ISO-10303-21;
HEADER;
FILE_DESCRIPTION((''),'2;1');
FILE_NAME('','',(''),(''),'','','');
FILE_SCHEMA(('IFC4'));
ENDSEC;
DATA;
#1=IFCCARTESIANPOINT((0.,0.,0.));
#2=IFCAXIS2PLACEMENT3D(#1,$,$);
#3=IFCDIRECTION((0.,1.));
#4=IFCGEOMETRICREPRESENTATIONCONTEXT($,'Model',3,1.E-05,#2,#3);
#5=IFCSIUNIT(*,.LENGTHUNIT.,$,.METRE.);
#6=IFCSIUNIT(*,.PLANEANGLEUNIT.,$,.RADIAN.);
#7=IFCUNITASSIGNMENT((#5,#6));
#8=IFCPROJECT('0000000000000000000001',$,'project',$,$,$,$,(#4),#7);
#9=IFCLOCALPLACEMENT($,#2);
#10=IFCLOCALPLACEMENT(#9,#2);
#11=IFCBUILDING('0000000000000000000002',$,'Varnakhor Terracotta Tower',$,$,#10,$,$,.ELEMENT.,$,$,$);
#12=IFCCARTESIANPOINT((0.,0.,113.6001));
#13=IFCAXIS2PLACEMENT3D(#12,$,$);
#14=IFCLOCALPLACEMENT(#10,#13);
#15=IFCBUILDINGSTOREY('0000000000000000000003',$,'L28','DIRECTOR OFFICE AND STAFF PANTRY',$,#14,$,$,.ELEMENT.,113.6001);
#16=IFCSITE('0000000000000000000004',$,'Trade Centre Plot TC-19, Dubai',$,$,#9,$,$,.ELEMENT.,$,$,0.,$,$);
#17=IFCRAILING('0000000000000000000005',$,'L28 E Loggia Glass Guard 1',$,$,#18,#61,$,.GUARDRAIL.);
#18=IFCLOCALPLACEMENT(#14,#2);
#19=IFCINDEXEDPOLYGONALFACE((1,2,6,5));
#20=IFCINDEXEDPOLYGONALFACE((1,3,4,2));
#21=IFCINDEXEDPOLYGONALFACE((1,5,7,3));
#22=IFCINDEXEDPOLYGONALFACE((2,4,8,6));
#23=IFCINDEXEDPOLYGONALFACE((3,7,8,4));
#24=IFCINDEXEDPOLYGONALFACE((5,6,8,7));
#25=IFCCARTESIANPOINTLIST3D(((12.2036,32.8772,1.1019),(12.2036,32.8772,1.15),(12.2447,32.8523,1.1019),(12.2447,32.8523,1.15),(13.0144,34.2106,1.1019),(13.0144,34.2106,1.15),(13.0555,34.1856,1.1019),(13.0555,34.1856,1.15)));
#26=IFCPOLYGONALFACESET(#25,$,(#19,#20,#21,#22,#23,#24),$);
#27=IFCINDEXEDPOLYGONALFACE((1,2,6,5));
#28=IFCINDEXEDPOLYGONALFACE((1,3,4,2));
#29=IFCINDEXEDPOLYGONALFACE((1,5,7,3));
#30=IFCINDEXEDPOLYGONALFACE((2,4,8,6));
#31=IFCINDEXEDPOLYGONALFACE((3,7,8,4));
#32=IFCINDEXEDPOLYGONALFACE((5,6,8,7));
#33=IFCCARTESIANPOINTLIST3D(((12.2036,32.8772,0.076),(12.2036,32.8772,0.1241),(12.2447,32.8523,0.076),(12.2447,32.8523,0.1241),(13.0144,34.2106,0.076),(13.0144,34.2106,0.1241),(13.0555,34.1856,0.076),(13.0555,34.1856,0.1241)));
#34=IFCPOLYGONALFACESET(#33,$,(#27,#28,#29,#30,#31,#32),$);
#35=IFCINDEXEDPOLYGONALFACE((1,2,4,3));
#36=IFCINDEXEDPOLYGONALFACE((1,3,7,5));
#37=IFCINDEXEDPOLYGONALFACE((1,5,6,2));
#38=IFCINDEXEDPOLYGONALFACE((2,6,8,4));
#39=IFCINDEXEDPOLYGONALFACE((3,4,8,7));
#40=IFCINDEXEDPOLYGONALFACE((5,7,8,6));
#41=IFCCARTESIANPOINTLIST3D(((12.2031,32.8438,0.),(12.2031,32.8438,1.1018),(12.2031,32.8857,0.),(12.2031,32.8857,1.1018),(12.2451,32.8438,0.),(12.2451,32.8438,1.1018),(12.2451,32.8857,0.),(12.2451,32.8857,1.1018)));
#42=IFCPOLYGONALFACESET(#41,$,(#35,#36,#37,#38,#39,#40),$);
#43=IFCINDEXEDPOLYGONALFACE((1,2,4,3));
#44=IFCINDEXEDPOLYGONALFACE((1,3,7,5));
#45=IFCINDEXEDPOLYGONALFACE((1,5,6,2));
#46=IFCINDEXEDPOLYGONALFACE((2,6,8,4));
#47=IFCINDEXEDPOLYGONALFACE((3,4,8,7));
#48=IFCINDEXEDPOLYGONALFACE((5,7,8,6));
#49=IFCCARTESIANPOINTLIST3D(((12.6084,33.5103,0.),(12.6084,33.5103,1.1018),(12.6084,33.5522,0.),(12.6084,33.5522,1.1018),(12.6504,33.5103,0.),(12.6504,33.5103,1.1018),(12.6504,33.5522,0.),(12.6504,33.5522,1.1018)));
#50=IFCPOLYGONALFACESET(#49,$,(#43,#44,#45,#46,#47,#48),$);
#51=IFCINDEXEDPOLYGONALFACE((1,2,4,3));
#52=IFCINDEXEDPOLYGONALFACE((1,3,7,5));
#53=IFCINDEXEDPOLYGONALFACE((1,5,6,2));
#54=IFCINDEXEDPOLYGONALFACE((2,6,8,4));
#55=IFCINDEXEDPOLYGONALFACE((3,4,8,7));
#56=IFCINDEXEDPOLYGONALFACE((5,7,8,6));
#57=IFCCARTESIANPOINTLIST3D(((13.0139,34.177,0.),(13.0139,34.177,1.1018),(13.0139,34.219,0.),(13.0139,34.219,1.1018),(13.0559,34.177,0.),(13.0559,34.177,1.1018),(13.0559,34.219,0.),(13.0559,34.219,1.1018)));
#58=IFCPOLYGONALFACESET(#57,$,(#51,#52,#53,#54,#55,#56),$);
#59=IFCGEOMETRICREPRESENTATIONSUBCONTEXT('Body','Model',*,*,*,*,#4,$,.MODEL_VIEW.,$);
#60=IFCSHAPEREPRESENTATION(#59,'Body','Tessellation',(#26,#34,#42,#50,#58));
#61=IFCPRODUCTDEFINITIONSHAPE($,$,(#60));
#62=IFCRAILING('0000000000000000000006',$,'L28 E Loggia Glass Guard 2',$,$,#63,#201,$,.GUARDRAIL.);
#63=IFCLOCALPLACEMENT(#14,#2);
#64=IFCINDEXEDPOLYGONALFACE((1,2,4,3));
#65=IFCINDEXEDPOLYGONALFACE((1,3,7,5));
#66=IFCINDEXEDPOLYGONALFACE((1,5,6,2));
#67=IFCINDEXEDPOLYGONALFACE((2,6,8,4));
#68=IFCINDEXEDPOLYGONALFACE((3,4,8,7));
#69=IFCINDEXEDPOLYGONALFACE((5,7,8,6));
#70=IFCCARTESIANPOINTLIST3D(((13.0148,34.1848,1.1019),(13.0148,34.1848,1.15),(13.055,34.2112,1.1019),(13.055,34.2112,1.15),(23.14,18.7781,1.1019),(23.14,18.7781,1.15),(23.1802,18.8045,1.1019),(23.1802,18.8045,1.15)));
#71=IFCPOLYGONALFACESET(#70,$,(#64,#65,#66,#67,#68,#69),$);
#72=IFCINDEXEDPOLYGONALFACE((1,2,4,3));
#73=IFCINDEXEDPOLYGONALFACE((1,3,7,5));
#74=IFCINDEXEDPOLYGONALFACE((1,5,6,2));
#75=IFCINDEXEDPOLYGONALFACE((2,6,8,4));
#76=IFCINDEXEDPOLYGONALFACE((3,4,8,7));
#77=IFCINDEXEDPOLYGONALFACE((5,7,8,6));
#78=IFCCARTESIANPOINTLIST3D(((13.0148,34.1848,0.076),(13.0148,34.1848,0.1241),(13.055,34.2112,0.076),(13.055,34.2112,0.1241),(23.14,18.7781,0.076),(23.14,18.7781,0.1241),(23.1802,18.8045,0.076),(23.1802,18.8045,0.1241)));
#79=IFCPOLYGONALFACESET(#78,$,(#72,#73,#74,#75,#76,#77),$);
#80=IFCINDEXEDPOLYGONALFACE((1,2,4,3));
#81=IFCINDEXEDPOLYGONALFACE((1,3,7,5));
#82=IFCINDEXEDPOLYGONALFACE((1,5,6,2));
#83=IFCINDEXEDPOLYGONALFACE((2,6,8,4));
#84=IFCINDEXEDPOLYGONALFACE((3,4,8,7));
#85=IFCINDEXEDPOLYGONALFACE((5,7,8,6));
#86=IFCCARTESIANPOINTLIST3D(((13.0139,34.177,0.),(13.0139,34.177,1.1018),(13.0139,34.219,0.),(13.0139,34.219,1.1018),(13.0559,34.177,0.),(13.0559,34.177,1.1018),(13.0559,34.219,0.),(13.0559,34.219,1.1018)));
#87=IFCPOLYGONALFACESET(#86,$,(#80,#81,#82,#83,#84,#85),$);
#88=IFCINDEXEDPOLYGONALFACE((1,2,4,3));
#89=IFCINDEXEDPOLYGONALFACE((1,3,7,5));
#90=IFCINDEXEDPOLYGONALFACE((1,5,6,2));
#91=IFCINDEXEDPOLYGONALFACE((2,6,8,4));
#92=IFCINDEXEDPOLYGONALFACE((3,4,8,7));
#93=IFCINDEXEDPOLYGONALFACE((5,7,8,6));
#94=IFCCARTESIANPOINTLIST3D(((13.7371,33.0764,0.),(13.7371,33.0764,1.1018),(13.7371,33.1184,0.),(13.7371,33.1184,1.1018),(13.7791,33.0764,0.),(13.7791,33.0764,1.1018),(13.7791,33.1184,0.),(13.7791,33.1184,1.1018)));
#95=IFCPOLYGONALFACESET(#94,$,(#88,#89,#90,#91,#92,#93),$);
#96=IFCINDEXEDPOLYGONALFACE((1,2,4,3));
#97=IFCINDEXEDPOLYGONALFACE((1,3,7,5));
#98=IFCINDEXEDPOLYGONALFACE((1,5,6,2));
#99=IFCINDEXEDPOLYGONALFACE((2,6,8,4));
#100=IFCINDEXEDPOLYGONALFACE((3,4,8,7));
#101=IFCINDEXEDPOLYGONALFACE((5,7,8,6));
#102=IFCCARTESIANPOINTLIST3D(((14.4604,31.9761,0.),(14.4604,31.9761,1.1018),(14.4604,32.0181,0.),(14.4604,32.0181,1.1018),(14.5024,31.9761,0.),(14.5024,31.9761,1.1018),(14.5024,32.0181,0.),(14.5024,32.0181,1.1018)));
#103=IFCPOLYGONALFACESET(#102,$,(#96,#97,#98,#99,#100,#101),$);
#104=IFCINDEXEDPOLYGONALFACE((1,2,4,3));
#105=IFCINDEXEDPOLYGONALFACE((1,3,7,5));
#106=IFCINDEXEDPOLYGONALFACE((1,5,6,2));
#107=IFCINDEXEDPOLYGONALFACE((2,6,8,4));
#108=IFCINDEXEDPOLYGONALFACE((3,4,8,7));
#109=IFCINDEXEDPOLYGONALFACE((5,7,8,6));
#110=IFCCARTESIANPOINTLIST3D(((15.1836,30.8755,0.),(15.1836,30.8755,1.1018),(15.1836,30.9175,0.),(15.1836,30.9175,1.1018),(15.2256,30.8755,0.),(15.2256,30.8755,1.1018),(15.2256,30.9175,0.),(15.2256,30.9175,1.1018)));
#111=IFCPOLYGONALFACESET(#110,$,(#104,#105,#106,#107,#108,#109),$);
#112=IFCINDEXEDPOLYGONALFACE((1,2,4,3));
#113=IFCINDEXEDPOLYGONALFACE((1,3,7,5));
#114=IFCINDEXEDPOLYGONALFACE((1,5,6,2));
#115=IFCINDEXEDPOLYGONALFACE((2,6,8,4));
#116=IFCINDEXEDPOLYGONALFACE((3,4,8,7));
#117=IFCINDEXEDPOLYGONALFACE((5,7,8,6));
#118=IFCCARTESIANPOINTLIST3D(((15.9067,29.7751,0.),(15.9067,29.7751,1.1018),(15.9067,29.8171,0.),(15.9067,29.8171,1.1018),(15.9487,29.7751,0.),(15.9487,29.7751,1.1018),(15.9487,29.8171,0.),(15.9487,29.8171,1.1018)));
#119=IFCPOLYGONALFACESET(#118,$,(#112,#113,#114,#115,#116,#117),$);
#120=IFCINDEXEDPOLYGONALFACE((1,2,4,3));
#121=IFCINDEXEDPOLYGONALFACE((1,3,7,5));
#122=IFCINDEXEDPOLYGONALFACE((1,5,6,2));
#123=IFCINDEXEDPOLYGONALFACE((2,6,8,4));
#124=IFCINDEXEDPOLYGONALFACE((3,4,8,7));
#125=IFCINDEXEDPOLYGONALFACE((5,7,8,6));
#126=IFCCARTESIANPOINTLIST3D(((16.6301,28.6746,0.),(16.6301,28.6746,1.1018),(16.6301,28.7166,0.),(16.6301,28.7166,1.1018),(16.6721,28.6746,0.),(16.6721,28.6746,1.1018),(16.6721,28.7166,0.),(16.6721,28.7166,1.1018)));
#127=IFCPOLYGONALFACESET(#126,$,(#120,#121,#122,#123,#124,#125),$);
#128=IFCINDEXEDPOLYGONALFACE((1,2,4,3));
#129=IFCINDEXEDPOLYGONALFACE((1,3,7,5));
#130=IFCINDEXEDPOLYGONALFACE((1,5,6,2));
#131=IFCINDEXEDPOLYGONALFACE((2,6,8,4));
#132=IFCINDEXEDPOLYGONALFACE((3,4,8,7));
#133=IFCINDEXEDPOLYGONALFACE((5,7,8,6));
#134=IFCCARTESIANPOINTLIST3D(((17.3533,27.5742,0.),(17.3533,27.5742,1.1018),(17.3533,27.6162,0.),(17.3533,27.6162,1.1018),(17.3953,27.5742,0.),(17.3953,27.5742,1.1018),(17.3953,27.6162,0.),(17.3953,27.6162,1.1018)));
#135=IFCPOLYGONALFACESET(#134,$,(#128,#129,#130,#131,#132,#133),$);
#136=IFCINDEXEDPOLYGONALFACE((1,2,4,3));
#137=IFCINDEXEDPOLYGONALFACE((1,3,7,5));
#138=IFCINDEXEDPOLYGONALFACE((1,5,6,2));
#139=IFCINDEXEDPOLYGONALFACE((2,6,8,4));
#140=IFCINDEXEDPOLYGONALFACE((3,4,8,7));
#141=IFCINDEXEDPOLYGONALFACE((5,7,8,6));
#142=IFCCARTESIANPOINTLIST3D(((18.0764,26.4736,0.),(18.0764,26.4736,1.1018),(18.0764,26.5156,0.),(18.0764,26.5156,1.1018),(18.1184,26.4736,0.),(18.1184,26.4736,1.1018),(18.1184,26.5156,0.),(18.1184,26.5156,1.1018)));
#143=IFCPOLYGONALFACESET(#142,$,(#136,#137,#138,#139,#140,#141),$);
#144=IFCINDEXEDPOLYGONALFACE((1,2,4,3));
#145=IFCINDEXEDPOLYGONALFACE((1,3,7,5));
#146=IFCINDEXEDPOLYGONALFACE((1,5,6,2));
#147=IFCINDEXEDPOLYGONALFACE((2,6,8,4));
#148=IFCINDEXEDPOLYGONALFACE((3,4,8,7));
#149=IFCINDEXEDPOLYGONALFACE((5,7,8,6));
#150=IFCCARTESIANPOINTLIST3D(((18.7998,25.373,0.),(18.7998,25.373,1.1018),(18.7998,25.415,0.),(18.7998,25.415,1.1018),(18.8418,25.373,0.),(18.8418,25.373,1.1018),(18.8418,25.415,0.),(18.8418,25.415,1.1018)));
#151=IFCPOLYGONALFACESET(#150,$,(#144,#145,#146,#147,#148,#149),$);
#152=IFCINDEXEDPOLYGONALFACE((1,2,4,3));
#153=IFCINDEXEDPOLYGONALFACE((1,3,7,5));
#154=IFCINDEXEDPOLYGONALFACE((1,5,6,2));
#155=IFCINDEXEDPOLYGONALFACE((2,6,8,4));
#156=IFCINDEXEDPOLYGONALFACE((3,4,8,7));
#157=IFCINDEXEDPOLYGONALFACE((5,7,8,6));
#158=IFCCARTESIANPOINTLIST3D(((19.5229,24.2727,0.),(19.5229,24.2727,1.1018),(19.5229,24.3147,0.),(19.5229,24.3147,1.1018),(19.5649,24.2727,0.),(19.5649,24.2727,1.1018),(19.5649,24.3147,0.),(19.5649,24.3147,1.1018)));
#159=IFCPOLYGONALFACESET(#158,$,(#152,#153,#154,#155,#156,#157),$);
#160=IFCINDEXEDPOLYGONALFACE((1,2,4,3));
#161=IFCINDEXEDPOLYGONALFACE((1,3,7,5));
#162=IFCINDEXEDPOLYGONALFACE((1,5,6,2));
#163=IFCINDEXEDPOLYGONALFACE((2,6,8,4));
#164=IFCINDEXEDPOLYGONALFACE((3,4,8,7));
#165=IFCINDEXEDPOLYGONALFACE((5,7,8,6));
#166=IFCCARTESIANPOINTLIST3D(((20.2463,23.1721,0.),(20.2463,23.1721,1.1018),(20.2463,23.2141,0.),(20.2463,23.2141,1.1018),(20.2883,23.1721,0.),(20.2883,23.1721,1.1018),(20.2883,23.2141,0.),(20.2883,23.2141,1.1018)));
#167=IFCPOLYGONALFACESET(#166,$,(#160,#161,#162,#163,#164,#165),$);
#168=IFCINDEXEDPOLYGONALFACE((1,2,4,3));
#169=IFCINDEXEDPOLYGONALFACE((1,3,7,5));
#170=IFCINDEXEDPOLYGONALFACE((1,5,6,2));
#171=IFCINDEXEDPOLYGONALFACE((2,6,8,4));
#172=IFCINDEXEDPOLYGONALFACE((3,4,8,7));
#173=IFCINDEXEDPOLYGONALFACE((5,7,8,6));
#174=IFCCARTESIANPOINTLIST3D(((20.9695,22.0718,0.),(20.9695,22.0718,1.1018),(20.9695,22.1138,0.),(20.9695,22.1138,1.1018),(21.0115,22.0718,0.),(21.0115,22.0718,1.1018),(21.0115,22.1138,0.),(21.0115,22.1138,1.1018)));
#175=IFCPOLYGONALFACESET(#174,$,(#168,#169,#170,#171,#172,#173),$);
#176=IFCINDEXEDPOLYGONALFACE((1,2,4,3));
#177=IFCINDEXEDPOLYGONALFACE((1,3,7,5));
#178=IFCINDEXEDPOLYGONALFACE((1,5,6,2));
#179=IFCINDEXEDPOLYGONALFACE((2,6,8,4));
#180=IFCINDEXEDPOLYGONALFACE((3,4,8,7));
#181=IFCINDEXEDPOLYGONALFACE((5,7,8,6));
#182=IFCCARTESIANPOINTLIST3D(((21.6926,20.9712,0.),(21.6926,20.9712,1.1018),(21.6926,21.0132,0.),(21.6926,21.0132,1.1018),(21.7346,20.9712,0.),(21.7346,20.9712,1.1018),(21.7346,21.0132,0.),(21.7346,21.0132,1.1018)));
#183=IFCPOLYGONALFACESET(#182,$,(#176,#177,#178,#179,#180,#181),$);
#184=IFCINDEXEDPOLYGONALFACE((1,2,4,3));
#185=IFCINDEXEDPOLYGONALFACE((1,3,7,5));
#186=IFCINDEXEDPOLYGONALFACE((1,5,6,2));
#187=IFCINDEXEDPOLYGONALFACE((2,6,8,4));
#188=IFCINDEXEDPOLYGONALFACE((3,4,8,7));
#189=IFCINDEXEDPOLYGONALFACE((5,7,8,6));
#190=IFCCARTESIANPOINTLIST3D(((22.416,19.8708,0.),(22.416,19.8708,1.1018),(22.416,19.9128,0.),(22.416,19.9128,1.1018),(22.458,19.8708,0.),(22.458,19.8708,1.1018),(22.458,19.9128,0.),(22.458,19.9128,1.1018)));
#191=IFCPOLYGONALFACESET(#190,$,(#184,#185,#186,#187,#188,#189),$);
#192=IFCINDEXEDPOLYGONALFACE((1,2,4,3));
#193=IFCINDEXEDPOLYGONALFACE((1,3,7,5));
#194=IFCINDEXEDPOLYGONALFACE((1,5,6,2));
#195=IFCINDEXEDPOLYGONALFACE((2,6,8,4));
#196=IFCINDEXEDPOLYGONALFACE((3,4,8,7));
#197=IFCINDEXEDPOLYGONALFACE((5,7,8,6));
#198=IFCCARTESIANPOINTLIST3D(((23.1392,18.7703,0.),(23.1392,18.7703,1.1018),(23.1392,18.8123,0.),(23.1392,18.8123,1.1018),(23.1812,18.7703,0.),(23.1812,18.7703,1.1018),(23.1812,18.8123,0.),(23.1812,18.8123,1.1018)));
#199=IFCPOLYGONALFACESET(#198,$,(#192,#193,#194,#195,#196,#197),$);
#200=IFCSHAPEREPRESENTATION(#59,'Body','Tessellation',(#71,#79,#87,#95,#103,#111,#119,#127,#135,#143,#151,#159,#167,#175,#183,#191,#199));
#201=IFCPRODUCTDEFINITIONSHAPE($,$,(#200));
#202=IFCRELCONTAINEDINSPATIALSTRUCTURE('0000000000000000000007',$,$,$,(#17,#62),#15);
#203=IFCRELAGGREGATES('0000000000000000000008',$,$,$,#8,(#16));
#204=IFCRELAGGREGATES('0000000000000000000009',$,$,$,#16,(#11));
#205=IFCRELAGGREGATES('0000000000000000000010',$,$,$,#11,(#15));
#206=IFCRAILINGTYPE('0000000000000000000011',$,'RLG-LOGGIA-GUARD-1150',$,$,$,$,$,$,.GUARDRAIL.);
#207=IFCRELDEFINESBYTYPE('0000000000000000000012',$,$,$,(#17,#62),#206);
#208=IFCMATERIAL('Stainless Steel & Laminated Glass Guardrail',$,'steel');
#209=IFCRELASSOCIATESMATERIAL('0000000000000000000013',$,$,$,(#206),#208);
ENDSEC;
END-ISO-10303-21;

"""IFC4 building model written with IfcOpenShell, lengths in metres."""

from ifc_helpers import new_model, si_unit, direction, frame, origin, origin_2d, place, context, subcontext, project, spatial, rectangle, extrude, material, type_object, element, save


model = new_model("IFC4")

# Units and contexts
model_context = context("Model", 3, precision=1e-05, world=origin(), true_north=direction((0.0, 1.0)))
body_context = subcontext(model_context, "Body", "Model", "MODEL_VIEW")
ifc_project = project(units=[si_unit("LENGTHUNIT", "METRE"), si_unit("PLANEANGLEUNIT", "RADIAN")], contexts=[model_context])

# Site, building, storey
site_placement = place(None, origin())
site = spatial("IfcSite", under=ifc_project, at=site_placement, Name="Trade Centre Plot TC-19, Dubai", CompositionType="ELEMENT", RefElevation=0.0)
building_placement = place(site_placement, origin())
building = spatial("IfcBuilding", under=site, at=building_placement, Name="Varnakhor Terracotta Tower", CompositionType="ELEMENT")
storey_placement = place(building_placement, frame((0.0, 0.0, 113.6001)))
storey = spatial("IfcBuildingStorey", under=building, at=storey_placement, Name="L28", Description="DIRECTOR OFFICE AND STAFF PANTRY", CompositionType="ELEMENT", Elevation=113.6001)

# Railings
ifc_material_1 = material(Name="Stainless Steel & Laminated Glass Guardrail", Category="steel")
railing_type = type_object("IfcRailingType", Name="RLG-LOGGIA-GUARD-1150", PredefinedType="GUARDRAIL", material=ifc_material_1)
railing_1_placement = place(storey_placement, frame((12.2241, 32.8647, 0.0)))
element("IfcRailing", 1, at=railing_1_placement, inside=storey, type_object=railing_type, Name="L28 E Loggia Glass Guard 1", PredefinedType="GUARDRAIL", context=body_context, shape_type="SweptSolid", body=[
    extrude(rectangle(XDim=0.0481, YDim=0.0481, at=origin_2d()), frame((0.0, 0.0, 1.126), z_axis=(0.519594, 0.854413, 0.0), x_axis=(-0.854413, 0.519594, 0.0)), (0.0, 0.0, 1.0), 1.5605),
    extrude(rectangle(XDim=0.0481, YDim=0.0481, at=origin_2d()), frame((0.0, 0.0, 0.1001), z_axis=(0.519594, 0.854413, 0.0), x_axis=(-0.854413, 0.519594, 0.0)), (0.0, 0.0, 1.0), 1.5605),
    extrude(rectangle(XDim=0.042, YDim=0.042, at=origin_2d()), origin(), (0.0, 0.0, 1.0), 1.1018),
    extrude(rectangle(XDim=0.042, YDim=0.042, at=origin_2d()), frame((0.4053, 0.6665, 0.0)), (0.0, 0.0, 1.0), 1.1018),
    extrude(rectangle(XDim=0.042, YDim=0.042, at=origin_2d()), frame((0.8108, 1.3333, 0.0)), (0.0, 0.0, 1.0), 1.1018),
])
railing_2_placement = place(storey_placement, frame((13.0349, 34.198, 0.0)))
element("IfcRailing", 2, at=railing_2_placement, inside=storey, type_object=railing_type, Name="L28 E Loggia Glass Guard 2", PredefinedType="GUARDRAIL", context=body_context, shape_type="SweptSolid", body=[
    extrude(rectangle(XDim=0.0481, YDim=0.0481, at=origin_2d()), frame((0.0, 0.0, 1.126), z_axis=(0.549209, -0.835685, 0.0), x_axis=(0.835685, 0.549209, 0.0)), (0.0, 0.0, 1.0), 18.436),
    extrude(rectangle(XDim=0.0481, YDim=0.0481, at=origin_2d()), frame((0.0, 0.0, 0.1001), z_axis=(0.549209, -0.835685, 0.0), x_axis=(0.835685, 0.549209, 0.0)), (0.0, 0.0, 1.0), 18.436),
    extrude(rectangle(XDim=0.042, YDim=0.042, at=origin_2d()), origin(), (0.0, 0.0, 1.0), 1.1018),
    extrude(rectangle(XDim=0.042, YDim=0.042, at=origin_2d()), frame((0.7231, -1.1006, 0.0)), (0.0, 0.0, 1.0), 1.1018),
    extrude(rectangle(XDim=0.042, YDim=0.042, at=origin_2d()), frame((1.4465, -2.2009, 0.0)), (0.0, 0.0, 1.0), 1.1018),
    extrude(rectangle(XDim=0.042, YDim=0.042, at=origin_2d()), frame((2.1697, -3.3015, 0.0)), (0.0, 0.0, 1.0), 1.1018),
    extrude(rectangle(XDim=0.042, YDim=0.042, at=origin_2d()), frame((2.8928, -4.4019, 0.0)), (0.0, 0.0, 1.0), 1.1018),
    extrude(rectangle(XDim=0.042, YDim=0.042, at=origin_2d()), frame((3.6162, -5.5024, 0.0)), (0.0, 0.0, 1.0), 1.1018),
    extrude(rectangle(XDim=0.042, YDim=0.042, at=origin_2d()), frame((4.3394, -6.6028, 0.0)), (0.0, 0.0, 1.0), 1.1018),
    extrude(rectangle(XDim=0.042, YDim=0.042, at=origin_2d()), frame((5.0625, -7.7034, 0.0)), (0.0, 0.0, 1.0), 1.1018),
    extrude(rectangle(XDim=0.042, YDim=0.042, at=origin_2d()), frame((5.7859, -8.804, 0.0)), (0.0, 0.0, 1.0), 1.1018),
    extrude(rectangle(XDim=0.042, YDim=0.042, at=origin_2d()), frame((6.509, -9.9043, 0.0)), (0.0, 0.0, 1.0), 1.1018),
    extrude(rectangle(XDim=0.042, YDim=0.042, at=origin_2d()), frame((7.2324, -11.0049, 0.0)), (0.0, 0.0, 1.0), 1.1018),
    extrude(rectangle(XDim=0.042, YDim=0.042, at=origin_2d()), frame((7.9556, -12.1052, 0.0)), (0.0, 0.0, 1.0), 1.1018),
    extrude(rectangle(XDim=0.042, YDim=0.042, at=origin_2d()), frame((8.6787, -13.2058, 0.0)), (0.0, 0.0, 1.0), 1.1018),
    extrude(rectangle(XDim=0.042, YDim=0.042, at=origin_2d()), frame((9.4021, -14.3062, 0.0)), (0.0, 0.0, 1.0), 1.1018),
    extrude(rectangle(XDim=0.042, YDim=0.042, at=origin_2d()), frame((10.1252, -15.4067, 0.0)), (0.0, 0.0, 1.0), 1.1018),
])

save(model, "model.ifc")
